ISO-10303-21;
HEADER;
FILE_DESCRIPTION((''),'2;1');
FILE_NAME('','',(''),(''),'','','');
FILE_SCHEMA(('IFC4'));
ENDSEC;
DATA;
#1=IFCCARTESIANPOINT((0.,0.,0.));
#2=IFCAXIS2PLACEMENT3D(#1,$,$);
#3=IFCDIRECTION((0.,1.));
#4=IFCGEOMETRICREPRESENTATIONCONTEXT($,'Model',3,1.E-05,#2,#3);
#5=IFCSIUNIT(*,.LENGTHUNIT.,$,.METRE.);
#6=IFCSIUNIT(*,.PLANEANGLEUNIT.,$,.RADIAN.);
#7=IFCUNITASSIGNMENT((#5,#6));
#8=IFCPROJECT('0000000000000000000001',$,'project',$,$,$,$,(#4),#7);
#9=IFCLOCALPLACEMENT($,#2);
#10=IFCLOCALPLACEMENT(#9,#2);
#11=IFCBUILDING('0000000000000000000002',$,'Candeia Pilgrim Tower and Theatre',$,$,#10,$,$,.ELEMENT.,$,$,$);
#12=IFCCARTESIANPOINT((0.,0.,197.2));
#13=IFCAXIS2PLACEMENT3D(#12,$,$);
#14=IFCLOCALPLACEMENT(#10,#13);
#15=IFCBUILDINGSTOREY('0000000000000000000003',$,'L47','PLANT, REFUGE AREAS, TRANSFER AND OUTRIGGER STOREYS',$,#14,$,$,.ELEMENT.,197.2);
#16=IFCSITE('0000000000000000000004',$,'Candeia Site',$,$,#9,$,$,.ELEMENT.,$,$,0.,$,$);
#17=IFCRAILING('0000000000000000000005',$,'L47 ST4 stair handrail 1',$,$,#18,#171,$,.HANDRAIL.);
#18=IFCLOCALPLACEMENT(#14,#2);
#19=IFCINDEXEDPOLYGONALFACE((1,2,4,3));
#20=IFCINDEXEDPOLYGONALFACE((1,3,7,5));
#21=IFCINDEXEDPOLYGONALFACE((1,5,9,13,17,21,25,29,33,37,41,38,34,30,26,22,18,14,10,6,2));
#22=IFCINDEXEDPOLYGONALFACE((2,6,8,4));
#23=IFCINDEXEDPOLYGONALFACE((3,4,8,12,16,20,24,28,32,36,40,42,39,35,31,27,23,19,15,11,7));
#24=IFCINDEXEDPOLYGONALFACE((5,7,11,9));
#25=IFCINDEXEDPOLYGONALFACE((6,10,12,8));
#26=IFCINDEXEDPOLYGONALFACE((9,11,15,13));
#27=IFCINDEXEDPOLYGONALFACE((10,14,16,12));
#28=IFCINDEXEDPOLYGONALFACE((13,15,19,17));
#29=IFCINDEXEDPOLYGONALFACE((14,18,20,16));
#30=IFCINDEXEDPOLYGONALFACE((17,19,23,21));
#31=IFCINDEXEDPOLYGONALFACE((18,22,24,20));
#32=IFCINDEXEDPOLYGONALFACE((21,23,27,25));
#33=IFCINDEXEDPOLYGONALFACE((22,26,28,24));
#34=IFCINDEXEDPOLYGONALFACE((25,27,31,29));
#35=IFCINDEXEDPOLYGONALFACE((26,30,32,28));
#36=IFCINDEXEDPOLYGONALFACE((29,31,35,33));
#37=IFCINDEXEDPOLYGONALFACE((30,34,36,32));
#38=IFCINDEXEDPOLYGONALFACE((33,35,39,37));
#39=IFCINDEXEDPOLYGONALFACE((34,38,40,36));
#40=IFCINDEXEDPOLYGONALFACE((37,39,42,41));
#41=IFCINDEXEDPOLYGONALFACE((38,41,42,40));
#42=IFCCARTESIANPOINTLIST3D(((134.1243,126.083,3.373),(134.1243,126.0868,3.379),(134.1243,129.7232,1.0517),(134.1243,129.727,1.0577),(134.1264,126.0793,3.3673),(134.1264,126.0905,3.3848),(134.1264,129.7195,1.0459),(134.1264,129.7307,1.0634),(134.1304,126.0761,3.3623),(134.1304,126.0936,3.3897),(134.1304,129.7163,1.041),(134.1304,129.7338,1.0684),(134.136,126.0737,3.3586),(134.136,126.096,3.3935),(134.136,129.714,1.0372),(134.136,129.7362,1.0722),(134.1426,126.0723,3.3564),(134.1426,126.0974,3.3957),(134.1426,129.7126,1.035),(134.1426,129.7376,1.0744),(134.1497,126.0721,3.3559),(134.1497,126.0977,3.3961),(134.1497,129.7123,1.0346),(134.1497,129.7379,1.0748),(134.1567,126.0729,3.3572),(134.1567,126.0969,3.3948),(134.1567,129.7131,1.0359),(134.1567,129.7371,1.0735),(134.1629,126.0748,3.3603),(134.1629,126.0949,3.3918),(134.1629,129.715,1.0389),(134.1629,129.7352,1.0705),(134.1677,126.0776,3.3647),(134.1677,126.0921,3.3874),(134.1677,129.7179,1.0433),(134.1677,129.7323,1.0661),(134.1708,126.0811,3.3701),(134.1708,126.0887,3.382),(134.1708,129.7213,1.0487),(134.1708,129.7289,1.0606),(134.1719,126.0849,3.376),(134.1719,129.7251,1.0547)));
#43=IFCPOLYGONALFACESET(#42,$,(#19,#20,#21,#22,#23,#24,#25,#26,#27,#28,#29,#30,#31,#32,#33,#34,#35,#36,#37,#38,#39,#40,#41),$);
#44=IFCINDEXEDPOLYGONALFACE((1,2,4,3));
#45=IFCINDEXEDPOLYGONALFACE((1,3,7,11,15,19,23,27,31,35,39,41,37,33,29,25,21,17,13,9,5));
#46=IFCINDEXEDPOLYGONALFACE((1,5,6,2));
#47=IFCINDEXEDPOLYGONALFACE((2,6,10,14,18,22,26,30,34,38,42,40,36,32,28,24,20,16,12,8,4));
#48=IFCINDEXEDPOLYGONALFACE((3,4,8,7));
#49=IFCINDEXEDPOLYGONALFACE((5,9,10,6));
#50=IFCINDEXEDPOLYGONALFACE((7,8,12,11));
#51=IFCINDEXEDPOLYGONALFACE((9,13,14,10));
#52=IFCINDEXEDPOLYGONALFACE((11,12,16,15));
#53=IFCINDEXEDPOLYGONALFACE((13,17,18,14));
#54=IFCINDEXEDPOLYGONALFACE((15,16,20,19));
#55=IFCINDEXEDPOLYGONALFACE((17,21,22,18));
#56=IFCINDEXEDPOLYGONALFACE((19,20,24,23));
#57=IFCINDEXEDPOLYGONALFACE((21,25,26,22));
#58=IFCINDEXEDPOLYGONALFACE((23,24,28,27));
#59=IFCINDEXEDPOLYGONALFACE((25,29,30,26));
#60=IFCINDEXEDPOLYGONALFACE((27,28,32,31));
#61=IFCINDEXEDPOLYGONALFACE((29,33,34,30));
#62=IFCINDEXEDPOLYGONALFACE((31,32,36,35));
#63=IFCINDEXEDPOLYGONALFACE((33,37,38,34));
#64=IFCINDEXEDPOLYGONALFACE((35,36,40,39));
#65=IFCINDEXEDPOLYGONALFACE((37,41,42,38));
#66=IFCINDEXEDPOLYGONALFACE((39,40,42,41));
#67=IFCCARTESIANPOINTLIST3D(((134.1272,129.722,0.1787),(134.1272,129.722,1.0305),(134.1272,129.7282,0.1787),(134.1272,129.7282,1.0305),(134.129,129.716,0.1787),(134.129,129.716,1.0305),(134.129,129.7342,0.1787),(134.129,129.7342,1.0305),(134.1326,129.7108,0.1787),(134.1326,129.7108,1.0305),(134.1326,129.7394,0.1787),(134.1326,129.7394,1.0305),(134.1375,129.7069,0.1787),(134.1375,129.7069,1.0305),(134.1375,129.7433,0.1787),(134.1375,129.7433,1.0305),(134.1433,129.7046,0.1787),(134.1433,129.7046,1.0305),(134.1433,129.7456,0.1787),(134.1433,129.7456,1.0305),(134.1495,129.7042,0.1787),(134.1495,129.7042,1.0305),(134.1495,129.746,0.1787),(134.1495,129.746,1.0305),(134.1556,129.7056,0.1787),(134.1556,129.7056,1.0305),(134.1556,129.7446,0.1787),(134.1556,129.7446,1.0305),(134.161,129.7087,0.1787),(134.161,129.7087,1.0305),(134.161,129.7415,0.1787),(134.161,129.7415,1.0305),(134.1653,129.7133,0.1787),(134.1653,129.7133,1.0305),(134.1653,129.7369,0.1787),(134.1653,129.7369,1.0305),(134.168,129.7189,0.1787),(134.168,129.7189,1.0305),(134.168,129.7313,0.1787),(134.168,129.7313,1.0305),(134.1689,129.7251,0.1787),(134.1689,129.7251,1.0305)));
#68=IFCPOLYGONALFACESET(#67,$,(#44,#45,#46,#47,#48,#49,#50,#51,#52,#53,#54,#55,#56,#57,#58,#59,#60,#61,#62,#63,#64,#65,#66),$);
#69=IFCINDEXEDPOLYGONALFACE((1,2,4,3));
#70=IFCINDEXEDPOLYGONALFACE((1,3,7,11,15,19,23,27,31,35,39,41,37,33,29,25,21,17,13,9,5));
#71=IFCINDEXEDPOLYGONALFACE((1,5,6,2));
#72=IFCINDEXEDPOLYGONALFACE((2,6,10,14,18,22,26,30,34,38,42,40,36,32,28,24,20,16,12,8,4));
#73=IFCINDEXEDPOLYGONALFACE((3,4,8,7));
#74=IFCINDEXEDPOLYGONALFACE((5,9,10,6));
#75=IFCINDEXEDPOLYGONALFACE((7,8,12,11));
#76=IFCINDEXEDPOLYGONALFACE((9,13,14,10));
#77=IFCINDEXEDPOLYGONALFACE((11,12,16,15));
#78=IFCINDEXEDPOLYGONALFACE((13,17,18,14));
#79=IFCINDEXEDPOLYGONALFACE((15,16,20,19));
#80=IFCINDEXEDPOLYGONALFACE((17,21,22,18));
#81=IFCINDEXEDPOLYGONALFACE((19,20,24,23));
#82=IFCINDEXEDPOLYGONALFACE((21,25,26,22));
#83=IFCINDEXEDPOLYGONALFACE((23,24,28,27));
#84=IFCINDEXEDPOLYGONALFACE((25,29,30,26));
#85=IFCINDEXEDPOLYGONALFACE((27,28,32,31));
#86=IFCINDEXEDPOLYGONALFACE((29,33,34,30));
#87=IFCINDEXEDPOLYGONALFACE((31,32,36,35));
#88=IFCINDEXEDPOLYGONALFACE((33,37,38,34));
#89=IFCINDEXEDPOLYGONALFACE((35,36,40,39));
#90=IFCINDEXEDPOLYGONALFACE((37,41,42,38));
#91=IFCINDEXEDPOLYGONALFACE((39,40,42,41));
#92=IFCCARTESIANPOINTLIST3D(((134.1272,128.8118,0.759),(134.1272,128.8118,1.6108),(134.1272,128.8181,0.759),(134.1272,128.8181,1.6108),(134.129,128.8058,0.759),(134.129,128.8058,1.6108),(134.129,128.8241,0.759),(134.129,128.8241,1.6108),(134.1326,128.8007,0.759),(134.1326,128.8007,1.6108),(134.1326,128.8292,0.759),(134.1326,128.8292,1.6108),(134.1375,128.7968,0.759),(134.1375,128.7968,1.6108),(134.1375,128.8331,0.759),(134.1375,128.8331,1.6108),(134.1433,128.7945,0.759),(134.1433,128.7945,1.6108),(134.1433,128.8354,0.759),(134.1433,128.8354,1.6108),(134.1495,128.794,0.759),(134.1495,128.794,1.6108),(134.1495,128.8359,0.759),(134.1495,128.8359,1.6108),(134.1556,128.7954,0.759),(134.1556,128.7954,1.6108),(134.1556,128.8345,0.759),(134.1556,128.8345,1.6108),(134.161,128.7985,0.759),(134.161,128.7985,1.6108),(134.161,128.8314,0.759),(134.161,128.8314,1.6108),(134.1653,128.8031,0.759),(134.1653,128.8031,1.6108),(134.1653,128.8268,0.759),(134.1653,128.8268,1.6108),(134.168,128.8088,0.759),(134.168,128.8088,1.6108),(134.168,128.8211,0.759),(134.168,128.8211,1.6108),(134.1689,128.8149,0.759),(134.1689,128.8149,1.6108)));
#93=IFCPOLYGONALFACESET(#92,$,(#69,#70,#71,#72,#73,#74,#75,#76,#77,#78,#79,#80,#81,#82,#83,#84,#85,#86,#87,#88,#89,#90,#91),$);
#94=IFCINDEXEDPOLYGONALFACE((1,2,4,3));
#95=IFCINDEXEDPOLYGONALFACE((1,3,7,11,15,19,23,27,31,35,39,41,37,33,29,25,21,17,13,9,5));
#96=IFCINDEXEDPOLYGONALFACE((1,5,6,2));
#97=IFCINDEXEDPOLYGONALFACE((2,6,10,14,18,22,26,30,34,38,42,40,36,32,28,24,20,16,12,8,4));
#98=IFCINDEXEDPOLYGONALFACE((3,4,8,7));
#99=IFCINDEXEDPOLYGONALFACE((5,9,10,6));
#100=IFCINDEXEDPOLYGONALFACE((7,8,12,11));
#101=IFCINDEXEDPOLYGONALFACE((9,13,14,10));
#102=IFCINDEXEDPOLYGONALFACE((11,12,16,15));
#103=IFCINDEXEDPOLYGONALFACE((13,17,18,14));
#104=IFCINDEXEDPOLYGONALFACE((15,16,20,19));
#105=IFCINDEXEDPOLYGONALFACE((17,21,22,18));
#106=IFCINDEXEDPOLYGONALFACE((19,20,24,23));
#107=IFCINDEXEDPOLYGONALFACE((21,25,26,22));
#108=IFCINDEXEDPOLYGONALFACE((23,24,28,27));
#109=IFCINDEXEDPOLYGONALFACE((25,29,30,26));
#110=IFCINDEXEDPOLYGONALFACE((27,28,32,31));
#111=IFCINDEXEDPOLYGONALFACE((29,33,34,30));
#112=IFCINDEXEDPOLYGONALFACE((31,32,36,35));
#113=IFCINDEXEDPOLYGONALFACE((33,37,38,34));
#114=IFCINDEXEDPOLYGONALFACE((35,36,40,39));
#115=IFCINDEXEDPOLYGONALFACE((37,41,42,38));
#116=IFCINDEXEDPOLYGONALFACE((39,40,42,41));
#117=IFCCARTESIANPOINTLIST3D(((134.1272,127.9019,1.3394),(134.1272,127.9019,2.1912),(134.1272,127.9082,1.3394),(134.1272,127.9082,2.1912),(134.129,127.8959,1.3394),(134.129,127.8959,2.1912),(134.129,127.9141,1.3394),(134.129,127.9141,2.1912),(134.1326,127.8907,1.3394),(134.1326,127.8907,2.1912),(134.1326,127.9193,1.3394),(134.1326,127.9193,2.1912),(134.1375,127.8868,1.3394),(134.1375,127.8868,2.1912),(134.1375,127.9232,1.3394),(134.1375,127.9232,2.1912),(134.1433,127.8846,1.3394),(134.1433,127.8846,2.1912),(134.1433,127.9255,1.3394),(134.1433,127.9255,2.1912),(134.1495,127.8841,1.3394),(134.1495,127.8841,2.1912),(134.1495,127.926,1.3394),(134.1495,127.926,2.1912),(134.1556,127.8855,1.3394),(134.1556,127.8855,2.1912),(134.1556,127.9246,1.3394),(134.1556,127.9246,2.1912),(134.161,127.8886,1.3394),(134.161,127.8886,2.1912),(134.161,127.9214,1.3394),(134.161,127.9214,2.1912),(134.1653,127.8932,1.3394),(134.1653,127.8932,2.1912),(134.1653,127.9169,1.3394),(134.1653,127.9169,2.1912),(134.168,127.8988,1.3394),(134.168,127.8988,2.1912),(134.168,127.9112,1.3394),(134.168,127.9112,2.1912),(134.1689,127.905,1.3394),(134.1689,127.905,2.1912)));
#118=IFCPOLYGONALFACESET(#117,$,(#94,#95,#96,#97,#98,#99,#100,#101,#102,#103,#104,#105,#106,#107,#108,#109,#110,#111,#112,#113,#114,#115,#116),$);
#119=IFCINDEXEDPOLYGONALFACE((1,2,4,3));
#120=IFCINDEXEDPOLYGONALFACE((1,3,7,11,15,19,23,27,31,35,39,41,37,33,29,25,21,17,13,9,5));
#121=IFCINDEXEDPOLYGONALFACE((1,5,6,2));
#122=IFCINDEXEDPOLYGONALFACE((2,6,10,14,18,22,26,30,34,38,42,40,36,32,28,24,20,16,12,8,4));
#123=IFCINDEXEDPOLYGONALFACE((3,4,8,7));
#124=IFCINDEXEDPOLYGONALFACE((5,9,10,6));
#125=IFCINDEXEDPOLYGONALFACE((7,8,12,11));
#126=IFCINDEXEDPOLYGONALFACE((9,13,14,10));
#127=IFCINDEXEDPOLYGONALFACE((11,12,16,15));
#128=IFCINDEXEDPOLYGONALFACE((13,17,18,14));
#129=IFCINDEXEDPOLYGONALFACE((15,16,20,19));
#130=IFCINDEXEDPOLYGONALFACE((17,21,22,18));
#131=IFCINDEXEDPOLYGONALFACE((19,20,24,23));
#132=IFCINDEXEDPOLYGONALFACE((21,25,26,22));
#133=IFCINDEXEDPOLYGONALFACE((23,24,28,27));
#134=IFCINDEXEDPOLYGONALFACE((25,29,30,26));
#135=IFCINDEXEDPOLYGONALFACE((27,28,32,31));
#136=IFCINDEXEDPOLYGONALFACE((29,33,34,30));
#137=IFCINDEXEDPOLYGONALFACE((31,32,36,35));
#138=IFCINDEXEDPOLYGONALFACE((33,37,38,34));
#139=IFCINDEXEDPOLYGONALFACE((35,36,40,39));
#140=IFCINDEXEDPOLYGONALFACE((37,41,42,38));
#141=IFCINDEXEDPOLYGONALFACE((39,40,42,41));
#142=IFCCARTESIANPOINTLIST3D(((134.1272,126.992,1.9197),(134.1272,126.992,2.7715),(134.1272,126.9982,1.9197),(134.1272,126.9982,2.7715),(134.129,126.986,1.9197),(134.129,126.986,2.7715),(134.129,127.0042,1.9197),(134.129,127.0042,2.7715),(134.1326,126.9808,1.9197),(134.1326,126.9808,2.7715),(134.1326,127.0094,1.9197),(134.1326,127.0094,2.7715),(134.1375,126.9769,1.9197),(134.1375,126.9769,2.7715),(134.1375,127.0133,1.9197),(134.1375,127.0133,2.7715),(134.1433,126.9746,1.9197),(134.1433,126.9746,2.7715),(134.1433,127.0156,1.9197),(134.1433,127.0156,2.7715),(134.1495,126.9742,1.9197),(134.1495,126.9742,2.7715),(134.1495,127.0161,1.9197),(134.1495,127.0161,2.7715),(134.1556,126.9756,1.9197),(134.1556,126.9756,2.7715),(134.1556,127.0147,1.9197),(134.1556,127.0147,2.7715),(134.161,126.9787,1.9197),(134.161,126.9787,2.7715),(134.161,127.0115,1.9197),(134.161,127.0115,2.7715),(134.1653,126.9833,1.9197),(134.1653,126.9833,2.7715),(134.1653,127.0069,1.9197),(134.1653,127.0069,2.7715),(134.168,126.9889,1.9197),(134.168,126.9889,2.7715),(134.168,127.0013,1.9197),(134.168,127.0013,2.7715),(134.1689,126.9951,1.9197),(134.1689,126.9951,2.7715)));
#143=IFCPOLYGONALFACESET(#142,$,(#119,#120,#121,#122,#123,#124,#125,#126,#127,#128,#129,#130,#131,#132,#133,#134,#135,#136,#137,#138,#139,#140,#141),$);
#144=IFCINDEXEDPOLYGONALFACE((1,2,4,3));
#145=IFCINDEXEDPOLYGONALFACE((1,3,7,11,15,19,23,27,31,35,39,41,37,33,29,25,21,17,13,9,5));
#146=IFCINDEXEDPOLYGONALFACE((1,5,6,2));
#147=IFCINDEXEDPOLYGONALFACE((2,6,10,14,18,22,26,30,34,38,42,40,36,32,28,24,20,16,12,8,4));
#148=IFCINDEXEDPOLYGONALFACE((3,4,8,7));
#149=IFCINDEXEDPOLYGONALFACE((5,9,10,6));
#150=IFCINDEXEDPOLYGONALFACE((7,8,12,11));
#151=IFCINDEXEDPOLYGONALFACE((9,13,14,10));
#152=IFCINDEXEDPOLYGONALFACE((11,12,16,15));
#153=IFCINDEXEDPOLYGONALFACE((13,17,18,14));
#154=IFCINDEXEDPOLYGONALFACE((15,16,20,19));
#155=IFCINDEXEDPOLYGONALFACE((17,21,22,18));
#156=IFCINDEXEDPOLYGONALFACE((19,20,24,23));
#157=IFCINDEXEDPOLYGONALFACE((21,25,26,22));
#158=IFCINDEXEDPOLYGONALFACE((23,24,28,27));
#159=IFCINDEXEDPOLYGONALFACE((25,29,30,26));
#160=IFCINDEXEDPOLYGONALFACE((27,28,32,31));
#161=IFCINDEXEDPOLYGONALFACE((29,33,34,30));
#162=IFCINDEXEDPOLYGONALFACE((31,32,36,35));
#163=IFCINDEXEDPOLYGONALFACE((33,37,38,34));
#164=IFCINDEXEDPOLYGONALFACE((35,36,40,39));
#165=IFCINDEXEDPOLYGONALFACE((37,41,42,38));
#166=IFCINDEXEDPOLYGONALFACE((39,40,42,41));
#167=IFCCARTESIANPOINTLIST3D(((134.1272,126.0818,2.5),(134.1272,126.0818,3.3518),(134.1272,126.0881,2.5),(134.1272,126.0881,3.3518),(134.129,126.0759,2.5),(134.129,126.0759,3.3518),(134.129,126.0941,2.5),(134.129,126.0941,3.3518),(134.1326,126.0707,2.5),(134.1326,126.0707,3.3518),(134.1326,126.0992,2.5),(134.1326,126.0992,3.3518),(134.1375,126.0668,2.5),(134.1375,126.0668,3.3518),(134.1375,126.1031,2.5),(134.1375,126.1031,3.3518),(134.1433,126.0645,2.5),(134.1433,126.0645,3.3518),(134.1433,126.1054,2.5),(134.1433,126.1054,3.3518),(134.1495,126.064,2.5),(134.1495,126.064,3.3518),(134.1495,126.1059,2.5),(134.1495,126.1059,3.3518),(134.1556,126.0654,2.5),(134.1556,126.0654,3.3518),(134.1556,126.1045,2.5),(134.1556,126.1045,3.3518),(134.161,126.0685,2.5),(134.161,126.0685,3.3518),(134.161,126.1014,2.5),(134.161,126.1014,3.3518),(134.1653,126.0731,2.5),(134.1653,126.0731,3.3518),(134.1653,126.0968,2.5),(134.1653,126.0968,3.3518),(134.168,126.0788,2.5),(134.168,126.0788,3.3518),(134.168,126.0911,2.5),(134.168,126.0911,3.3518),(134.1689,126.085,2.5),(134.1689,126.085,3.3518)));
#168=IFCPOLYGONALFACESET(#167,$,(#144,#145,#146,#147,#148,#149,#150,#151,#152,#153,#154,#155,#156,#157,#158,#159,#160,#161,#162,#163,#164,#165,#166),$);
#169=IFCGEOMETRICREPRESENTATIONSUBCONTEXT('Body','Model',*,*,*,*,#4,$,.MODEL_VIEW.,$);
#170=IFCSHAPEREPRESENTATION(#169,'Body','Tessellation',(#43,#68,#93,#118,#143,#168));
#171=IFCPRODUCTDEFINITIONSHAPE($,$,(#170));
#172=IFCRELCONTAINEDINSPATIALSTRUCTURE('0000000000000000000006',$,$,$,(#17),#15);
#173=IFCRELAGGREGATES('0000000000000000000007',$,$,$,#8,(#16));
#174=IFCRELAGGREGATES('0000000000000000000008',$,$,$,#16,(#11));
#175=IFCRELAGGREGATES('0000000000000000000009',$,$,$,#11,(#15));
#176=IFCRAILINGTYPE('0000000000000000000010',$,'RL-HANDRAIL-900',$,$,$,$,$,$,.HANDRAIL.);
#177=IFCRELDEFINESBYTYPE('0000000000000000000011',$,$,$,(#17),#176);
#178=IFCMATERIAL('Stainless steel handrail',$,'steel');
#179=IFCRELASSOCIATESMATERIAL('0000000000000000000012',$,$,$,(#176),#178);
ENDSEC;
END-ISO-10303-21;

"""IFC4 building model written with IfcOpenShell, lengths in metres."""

from ifc_helpers import new_model, si_unit, direction, frame, origin, origin_2d, place, context, subcontext, project, spatial, circle, extrude, material, type_object, element, save


model = new_model("IFC4")

# Units and contexts
model_context = context("Model", 3, precision=1e-05, world=origin(), true_north=direction((0.0, 1.0)))
body_context = subcontext(model_context, "Body", "Model", "MODEL_VIEW")
ifc_project = project(units=[si_unit("LENGTHUNIT", "METRE"), si_unit("PLANEANGLEUNIT", "RADIAN")], contexts=[model_context])

# Site, building, storey
site_placement = place(None, origin())
site = spatial("IfcSite", under=ifc_project, at=site_placement, Name="Candeia Site", CompositionType="ELEMENT", RefElevation=0.0)
building_placement = place(site_placement, origin())
building = spatial("IfcBuilding", under=site, at=building_placement, Name="Candeia Pilgrim Tower and Theatre", CompositionType="ELEMENT")
storey_placement = place(building_placement, frame((0.0, 0.0, 197.2)))
storey = spatial("IfcBuildingStorey", under=building, at=storey_placement, Name="L47", Description="PLANT, REFUGE AREAS, TRANSFER AND OUTRIGGER STOREYS", CompositionType="ELEMENT", Elevation=197.2)

# Railing
ifc_material_1 = material(Name="Stainless steel handrail", Category="steel")
railing_type_1 = type_object("IfcRailingType", Name="RL-HANDRAIL-900", PredefinedType="HANDRAIL", material=ifc_material_1)
railing_1_placement = place(storey_placement, frame((134.1479, 129.7251, 0.1787)))
element("IfcRailing", 1, at=railing_1_placement, inside=storey, type_object=railing_type_1, Name="L47 ST4 stair handrail 1", PredefinedType="HANDRAIL", context=body_context, shape_type="SweptSolid", body=[
    extrude(circle(Radius=0.0239, at=origin_2d()), frame((0.0, 0.0, 0.876), z_axis=(0.0, -0.843153, 0.537673), x_axis=(1.0, 0.0, 0.0)), (0.0, 0.0, 1.0), 4.3174),
    extrude(circle(Radius=0.021, at=origin_2d()), origin(), (0.0, 0.0, 1.0), 0.8518),
    extrude(circle(Radius=0.021, at=origin_2d()), frame((0.0, -0.9102, 0.5803)), (0.0, 0.0, 1.0), 0.8518),
    extrude(circle(Radius=0.021, at=origin_2d()), frame((0.0, -1.8201, 1.1606)), (0.0, 0.0, 1.0), 0.8518),
    extrude(circle(Radius=0.021, at=origin_2d()), frame((0.0, -2.73, 1.741)), (0.0, 0.0, 1.0), 0.8518),
    extrude(circle(Radius=0.021, at=origin_2d()), frame((0.0, -3.6401, 2.3213)), (0.0, 0.0, 1.0), 0.8518),
])

save(model, "model.ifc")
